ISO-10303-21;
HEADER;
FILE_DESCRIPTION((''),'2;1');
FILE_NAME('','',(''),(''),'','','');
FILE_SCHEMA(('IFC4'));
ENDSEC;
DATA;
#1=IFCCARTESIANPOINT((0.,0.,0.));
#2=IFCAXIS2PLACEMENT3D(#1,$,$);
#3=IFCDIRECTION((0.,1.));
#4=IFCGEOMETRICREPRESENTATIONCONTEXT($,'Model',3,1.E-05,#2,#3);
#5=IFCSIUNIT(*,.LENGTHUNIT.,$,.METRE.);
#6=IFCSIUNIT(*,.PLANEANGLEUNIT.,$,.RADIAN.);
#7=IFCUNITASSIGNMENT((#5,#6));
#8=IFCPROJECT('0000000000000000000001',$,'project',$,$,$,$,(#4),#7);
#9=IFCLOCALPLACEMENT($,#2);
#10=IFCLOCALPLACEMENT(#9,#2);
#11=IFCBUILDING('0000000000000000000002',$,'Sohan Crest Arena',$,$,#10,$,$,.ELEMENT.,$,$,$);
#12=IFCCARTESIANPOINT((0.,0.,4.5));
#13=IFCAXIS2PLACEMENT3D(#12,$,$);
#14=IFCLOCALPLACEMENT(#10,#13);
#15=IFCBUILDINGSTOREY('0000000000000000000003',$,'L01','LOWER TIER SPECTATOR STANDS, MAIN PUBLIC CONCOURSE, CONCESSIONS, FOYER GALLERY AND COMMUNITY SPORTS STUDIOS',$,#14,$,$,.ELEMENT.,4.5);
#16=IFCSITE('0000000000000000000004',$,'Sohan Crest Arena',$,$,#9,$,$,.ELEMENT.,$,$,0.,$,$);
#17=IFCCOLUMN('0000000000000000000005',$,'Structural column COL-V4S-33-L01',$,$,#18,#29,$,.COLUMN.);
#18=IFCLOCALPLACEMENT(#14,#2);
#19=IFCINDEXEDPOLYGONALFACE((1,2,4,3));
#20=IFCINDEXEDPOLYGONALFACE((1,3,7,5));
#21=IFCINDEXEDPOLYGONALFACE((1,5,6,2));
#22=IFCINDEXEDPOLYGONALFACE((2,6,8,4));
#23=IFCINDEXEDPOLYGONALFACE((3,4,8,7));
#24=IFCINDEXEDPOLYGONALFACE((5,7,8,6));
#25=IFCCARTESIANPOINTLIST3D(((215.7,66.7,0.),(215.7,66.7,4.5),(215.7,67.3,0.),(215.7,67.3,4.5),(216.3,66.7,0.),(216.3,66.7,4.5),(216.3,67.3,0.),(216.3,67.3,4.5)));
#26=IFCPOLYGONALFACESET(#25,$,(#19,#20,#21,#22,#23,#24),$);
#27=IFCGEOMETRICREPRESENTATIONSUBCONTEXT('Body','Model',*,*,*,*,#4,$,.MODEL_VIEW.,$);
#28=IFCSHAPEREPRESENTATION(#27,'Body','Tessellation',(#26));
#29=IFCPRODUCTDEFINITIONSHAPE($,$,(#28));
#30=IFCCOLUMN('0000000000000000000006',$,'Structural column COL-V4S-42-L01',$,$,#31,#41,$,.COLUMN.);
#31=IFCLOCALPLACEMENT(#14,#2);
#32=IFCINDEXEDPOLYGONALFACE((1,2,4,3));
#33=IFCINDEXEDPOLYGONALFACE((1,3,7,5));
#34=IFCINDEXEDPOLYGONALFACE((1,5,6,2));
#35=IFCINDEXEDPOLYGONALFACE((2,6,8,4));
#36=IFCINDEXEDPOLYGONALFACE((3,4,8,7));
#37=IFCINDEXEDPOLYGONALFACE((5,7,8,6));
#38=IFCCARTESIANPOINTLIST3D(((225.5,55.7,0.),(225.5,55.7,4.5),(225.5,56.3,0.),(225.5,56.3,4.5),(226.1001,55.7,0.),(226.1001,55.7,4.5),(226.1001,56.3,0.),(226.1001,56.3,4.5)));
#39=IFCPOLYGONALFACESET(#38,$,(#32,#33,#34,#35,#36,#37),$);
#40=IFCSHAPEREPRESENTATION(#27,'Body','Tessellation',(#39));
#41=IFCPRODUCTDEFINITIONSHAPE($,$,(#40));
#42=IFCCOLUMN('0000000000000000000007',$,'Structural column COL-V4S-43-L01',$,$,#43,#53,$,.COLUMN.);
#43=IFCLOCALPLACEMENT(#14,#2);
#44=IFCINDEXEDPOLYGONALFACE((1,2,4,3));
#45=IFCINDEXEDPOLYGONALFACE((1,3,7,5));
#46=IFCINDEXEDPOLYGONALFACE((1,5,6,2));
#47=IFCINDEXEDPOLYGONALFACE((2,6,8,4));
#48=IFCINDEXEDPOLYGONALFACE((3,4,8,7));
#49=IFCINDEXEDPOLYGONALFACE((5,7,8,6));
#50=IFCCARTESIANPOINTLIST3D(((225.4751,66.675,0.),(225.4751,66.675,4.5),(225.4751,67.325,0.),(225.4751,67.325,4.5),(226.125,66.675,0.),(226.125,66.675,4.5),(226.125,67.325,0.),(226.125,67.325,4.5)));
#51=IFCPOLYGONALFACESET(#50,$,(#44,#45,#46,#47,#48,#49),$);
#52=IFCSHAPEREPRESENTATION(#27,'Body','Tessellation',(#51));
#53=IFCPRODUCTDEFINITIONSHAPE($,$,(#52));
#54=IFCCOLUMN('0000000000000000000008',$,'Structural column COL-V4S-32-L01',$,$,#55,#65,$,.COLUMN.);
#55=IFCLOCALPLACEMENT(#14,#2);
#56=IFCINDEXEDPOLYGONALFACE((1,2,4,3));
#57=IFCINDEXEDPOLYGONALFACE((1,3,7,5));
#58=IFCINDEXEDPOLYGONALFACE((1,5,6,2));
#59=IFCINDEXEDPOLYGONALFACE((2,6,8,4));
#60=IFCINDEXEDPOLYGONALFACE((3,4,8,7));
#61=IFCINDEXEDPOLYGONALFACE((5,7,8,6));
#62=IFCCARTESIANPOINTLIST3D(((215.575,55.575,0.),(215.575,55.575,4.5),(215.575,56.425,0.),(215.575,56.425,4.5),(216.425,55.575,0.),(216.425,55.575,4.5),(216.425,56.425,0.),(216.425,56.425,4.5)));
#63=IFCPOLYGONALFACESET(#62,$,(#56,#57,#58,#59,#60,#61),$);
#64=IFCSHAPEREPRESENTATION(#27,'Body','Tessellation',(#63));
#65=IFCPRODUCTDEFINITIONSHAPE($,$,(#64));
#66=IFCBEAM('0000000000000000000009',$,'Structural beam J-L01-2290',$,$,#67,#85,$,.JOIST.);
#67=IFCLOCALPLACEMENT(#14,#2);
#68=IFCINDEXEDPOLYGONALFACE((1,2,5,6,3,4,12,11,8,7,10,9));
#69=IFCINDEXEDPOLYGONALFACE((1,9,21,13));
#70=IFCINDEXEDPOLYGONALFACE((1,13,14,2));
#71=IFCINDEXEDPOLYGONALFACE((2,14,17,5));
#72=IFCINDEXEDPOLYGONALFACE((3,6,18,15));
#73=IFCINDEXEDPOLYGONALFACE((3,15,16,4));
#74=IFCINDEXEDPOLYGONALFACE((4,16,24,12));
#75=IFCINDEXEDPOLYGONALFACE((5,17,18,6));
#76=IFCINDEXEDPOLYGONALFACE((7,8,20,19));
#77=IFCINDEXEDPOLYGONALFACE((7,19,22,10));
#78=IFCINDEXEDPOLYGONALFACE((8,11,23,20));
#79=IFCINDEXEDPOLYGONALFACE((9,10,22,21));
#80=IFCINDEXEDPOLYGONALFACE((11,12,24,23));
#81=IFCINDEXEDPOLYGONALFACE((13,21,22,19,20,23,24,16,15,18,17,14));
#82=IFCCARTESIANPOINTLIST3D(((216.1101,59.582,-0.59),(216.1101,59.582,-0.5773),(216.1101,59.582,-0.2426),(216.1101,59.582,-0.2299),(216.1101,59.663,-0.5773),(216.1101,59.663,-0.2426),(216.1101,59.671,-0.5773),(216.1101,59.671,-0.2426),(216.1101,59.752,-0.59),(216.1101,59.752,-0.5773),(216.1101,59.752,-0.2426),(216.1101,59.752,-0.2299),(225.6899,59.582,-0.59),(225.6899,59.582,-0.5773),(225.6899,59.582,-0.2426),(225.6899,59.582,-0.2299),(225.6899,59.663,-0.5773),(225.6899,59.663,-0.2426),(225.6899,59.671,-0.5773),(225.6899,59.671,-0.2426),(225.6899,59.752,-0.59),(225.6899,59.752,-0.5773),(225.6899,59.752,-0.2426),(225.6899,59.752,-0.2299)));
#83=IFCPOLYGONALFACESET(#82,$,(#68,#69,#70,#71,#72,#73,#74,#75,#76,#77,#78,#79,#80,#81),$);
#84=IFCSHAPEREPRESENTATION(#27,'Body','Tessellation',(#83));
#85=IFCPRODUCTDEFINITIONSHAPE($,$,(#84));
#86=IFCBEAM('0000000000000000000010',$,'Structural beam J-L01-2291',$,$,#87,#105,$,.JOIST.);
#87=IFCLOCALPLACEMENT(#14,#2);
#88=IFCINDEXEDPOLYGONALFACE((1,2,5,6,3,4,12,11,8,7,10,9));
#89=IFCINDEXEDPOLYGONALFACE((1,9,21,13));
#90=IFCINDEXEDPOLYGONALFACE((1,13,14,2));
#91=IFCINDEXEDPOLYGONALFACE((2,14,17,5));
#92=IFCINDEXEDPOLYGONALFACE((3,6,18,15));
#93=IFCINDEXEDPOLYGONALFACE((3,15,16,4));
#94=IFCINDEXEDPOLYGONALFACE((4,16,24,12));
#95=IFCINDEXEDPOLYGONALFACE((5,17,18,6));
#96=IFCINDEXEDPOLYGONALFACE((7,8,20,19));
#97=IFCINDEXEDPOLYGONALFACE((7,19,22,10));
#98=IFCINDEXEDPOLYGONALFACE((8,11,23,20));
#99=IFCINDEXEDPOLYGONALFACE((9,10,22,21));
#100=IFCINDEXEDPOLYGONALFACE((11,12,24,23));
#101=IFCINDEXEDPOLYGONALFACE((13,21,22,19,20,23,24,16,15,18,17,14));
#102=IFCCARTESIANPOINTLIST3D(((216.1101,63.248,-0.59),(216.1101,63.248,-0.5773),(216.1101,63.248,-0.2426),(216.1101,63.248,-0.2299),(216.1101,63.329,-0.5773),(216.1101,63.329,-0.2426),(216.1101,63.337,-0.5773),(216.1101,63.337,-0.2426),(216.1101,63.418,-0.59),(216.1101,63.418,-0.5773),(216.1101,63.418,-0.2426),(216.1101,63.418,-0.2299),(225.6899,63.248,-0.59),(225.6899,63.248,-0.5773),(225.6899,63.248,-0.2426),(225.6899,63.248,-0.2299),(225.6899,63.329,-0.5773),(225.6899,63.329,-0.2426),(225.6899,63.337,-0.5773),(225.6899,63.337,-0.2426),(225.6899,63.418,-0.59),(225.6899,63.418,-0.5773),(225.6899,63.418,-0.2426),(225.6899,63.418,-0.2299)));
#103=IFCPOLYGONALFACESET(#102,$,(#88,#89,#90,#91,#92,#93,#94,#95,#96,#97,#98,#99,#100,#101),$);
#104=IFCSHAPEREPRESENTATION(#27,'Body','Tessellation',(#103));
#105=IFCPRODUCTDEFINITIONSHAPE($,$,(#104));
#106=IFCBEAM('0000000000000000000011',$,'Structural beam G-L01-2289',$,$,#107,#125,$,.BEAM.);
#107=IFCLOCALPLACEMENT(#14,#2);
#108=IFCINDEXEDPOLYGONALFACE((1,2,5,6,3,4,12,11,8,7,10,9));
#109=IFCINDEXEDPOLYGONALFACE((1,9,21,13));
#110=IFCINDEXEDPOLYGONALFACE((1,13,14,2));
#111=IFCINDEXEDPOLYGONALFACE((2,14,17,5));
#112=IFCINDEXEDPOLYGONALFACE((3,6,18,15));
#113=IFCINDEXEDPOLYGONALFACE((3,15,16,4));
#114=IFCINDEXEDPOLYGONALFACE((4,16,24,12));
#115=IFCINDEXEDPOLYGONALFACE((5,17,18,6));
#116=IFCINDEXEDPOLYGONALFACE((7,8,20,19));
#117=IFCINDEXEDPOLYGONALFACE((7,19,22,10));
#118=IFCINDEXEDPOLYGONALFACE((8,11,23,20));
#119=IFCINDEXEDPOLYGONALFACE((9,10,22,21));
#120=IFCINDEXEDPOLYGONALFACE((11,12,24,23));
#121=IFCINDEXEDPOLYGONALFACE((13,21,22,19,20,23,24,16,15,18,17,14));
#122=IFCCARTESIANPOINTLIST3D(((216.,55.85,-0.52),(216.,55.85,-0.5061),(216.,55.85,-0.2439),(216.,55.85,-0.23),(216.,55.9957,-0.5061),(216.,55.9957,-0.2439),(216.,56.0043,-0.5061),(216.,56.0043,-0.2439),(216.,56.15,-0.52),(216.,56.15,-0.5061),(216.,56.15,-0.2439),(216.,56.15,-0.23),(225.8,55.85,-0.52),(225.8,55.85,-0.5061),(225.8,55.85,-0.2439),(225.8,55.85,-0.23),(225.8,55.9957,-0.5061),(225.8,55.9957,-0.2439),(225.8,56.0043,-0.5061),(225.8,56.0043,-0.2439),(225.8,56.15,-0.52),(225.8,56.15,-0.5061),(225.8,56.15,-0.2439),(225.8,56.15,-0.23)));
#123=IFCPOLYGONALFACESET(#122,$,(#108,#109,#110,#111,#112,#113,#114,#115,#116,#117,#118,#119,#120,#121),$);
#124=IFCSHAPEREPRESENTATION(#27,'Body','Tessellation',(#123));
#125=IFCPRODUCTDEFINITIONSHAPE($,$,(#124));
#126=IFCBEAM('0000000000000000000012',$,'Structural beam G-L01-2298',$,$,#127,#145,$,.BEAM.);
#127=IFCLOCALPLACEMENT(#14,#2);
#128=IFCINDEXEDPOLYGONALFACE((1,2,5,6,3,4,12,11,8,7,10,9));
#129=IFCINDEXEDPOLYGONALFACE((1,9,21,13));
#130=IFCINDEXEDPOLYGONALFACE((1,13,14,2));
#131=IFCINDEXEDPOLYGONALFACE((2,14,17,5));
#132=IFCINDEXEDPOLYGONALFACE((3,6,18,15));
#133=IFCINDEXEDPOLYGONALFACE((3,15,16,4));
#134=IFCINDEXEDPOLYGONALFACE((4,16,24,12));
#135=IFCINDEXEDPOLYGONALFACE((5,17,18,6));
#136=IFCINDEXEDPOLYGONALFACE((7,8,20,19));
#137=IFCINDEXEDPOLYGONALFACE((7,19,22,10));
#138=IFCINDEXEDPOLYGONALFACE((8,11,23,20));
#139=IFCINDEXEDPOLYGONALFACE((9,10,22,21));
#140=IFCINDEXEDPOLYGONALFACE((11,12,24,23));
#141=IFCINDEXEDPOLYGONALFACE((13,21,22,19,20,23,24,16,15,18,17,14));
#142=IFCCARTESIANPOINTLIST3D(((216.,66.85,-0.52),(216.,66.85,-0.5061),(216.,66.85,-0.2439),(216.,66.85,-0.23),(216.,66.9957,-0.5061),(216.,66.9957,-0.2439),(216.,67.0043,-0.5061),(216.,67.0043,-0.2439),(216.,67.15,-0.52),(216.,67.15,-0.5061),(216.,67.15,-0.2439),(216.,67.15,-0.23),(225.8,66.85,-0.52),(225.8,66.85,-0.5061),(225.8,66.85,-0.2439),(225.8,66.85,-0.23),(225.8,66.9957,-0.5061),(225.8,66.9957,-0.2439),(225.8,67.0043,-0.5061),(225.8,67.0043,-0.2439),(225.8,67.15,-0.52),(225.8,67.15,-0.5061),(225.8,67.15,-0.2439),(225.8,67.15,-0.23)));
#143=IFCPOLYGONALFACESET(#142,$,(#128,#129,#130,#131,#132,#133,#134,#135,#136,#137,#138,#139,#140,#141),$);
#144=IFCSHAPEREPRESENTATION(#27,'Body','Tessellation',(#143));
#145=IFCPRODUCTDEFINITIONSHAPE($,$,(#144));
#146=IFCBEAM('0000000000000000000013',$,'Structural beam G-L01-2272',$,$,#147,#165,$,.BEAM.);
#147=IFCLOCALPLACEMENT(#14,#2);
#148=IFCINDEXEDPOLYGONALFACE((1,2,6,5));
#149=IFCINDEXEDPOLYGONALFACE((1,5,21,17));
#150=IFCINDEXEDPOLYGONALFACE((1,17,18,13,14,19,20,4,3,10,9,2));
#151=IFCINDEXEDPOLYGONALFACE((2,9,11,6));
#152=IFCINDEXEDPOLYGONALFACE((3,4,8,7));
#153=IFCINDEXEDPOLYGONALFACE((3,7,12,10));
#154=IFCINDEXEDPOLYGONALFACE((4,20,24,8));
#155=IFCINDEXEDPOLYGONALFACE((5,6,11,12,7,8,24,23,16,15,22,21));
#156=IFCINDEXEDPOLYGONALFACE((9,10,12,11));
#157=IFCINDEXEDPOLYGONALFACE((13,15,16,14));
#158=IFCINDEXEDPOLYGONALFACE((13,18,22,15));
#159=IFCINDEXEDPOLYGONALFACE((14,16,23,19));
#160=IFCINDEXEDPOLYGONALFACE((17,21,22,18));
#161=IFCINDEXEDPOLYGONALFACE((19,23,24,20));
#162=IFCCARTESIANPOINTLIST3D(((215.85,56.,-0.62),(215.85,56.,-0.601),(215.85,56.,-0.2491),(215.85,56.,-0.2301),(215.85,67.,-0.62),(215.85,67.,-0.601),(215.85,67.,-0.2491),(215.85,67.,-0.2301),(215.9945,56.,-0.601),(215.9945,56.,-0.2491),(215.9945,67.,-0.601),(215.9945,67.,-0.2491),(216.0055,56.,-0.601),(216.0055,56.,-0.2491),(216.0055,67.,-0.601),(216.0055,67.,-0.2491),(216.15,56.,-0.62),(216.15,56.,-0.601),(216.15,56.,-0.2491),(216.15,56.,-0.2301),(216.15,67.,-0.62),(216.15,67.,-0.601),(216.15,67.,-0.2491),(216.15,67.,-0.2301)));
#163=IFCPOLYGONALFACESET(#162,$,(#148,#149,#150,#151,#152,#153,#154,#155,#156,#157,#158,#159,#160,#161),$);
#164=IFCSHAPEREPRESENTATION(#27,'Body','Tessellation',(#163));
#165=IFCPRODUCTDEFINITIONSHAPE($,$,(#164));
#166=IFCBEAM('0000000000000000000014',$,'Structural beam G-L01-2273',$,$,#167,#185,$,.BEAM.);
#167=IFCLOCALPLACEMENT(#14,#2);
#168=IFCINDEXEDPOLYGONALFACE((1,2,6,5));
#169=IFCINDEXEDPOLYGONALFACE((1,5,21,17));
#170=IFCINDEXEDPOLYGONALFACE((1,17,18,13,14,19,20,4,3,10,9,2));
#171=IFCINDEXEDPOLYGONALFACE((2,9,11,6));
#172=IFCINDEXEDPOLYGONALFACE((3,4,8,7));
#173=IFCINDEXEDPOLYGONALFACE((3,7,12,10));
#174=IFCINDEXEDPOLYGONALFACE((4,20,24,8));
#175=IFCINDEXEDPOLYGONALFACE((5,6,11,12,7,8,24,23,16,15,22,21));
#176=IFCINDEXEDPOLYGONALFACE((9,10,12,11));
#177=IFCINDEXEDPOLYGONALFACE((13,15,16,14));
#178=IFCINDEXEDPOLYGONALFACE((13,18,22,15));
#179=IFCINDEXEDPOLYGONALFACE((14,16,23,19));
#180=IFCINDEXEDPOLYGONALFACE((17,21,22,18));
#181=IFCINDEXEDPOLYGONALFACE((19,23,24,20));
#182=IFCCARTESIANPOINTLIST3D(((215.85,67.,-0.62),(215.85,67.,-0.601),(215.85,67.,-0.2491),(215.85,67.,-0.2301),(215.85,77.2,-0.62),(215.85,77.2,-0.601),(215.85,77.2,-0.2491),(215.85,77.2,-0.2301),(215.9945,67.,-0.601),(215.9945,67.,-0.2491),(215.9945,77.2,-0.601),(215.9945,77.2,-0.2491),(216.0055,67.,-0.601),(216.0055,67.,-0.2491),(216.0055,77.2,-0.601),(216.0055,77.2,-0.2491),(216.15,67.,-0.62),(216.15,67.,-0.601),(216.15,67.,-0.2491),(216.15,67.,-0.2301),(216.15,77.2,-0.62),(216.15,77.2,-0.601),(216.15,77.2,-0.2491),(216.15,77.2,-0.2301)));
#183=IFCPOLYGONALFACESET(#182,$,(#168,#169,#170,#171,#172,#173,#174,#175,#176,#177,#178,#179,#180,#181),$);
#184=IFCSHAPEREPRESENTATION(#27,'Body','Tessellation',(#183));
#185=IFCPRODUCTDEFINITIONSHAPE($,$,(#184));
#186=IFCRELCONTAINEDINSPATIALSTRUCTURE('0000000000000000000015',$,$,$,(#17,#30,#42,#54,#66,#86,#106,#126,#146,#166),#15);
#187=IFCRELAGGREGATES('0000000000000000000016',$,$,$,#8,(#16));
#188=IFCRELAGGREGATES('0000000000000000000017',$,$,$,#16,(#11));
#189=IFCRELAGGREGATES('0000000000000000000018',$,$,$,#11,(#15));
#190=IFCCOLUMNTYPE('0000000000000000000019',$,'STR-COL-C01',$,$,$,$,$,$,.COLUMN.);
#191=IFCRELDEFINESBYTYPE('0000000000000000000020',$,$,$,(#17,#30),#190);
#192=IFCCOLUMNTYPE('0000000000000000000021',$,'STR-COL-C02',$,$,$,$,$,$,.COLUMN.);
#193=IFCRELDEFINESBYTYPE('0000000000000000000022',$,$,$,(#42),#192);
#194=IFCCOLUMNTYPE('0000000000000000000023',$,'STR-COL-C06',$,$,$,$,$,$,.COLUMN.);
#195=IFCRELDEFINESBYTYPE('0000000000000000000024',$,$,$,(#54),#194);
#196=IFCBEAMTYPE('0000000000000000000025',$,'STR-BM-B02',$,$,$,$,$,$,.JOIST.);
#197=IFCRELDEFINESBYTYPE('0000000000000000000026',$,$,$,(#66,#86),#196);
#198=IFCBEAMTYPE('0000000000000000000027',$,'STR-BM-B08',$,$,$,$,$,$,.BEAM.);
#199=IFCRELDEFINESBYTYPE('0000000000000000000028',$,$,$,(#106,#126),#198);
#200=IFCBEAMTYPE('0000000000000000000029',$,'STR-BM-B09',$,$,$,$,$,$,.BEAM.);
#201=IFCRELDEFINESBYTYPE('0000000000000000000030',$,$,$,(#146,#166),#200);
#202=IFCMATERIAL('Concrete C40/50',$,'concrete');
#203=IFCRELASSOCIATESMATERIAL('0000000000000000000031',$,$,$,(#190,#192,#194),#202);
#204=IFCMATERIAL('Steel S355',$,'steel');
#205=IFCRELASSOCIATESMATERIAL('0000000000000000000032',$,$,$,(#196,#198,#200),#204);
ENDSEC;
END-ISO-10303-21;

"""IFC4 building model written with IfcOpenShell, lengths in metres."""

from ifc_helpers import new_model, si_unit, direction, frame, origin, origin_2d, place, context, subcontext, project, spatial, rectangle, i_section, extrude, material, material_profile, profile_set, type_object, element, save


model = new_model("IFC4")

# Units and contexts
model_context = context("Model", 3, precision=1e-05, world=origin(), true_north=direction((0.0, 1.0)))
body_context = subcontext(model_context, "Body", "Model", "MODEL_VIEW")
ifc_project = project(units=[si_unit("LENGTHUNIT", "METRE"), si_unit("PLANEANGLEUNIT", "RADIAN")], contexts=[model_context])

# Site, building, storey
site_placement = place(None, origin())
site = spatial("IfcSite", under=ifc_project, at=site_placement, Name="Sohan Crest Arena", CompositionType="ELEMENT", RefElevation=0.0)
building_placement = place(site_placement, origin())
building = spatial("IfcBuilding", under=site, at=building_placement, Name="Sohan Crest Arena", CompositionType="ELEMENT")
storey_placement = place(building_placement, frame((0.0, 0.0, 4.5)))
storey = spatial("IfcBuildingStorey", under=building, at=storey_placement, Name="L01", Description="LOWER TIER SPECTATOR STANDS, MAIN PUBLIC CONCOURSE, CONCESSIONS, FOYER GALLERY AND COMMUNITY SPORTS STUDIOS", CompositionType="ELEMENT", Elevation=4.5)

# Columns
ifc_material_1 = material(Name="Concrete C40/50", Category="concrete")
ifc_material_profile_1 = material_profile(ifc_material_1, rectangle(XDim=0.6001, YDim=0.6001, at=origin_2d()), Name="RC 600x600")
ifc_profile_set_1 = profile_set([ifc_material_profile_1], Name="Concrete C40/50")
column_type_1 = type_object("IfcColumnType", Name="STR-COL-C01", PredefinedType="COLUMN", material=ifc_profile_set_1)
for number, where, z_axis, x_axis, name in (
    (1, (216.0, 67.0, 0.0), (0.0, 0.0, 1.0), (1.0, 0.0, 0.0), "Structural column COL-V4S-33-L01"),
    (2, (225.8, 56.0, 0.0), (0.0, 0.0, 1.0), (1.0, 0.0, 0.0), "Structural column COL-V4S-42-L01"),
):
    element("IfcColumn", number, at=place(storey_placement, frame(where, z_axis=z_axis, x_axis=x_axis)), inside=storey, type_object=column_type_1, Name=name, PredefinedType="COLUMN", context=body_context, shape_type="SweptSolid", body=[
        extrude(rectangle(XDim=0.6001, YDim=0.6001, at=origin_2d()), origin(), (0.0, 0.0, 1.0), 4.5),
    ])
ifc_material_profile_2 = material_profile(ifc_material_1, rectangle(XDim=0.6499, YDim=0.6499, at=origin_2d()), Name="RC 650x650")
ifc_profile_set_2 = profile_set([ifc_material_profile_2], Name="Concrete C40/50")
column_type_2 = type_object("IfcColumnType", Name="STR-COL-C02", PredefinedType="COLUMN", material=ifc_profile_set_2)
column_1_placement = place(storey_placement, frame((225.8, 67.0, 0.0), z_axis=(0.0, 0.0, 1.0), x_axis=(1.0, 0.0, 0.0)))
element("IfcColumn", 3, at=column_1_placement, inside=storey, type_object=column_type_2, Name="Structural column COL-V4S-43-L01", PredefinedType="COLUMN", context=body_context, shape_type="SweptSolid", body=[
    extrude(rectangle(XDim=0.6499, YDim=0.6499, at=origin_2d()), origin(), (0.0, 0.0, 1.0), 4.5),
])
ifc_material_profile_3 = material_profile(ifc_material_1, rectangle(XDim=0.8501, YDim=0.8501, at=origin_2d()), Name="RC 850x850")
ifc_profile_set_3 = profile_set([ifc_material_profile_3], Name="Concrete C40/50")
column_type_3 = type_object("IfcColumnType", Name="STR-COL-C06", PredefinedType="COLUMN", material=ifc_profile_set_3)
column_2_placement = place(storey_placement, frame((216.0, 56.0, 0.0), z_axis=(0.0, 0.0, 1.0), x_axis=(1.0, 0.0, 0.0)))
element("IfcColumn", 4, at=column_2_placement, inside=storey, type_object=column_type_3, Name="Structural column COL-V4S-32-L01", PredefinedType="COLUMN", context=body_context, shape_type="SweptSolid", body=[
    extrude(rectangle(XDim=0.8501, YDim=0.8501, at=origin_2d()), origin(), (0.0, 0.0, 1.0), 4.5),
])

# Beams
ifc_material_2 = material(Name="Steel S355", Category="steel")
ifc_material_profile_4 = material_profile(ifc_material_2, i_section(OverallWidth=0.1699, OverallDepth=0.3601, WebThickness=0.0081, FlangeThickness=0.0127, at=origin_2d()), Name="IPE 360")
ifc_profile_set_4 = profile_set([ifc_material_profile_4], Name="Steel S355")
beam_type_1 = type_object("IfcBeamType", Name="STR-BM-B02", PredefinedType="JOIST", material=ifc_profile_set_4)
for number, where, z_axis, x_axis, name in (
    (5, (216.1101, 59.667, -0.4099), (1.0, 0.0, 0.0), (0.0, 1.0, 0.0), "Structural beam J-L01-2290"),
    (6, (216.1101, 63.333, -0.4099), (1.0, 0.0, 0.0), (0.0, 1.0, 0.0), "Structural beam J-L01-2291"),
):
    element("IfcBeam", number, at=place(storey_placement, frame(where, z_axis=z_axis, x_axis=x_axis)), inside=storey, type_object=beam_type_1, Name=name, PredefinedType="JOIST", context=body_context, shape_type="SweptSolid", body=[
        extrude(i_section(OverallWidth=0.1699, OverallDepth=0.3601, WebThickness=0.0081, FlangeThickness=0.0127, at=origin_2d()), origin(), (0.0, 0.0, 1.0), 9.5798),
    ])
ifc_material_profile_5 = material_profile(ifc_material_2, i_section(OverallWidth=0.3, OverallDepth=0.29, WebThickness=0.0085, FlangeThickness=0.0139, at=origin_2d()), Name="HEA 300")
ifc_profile_set_5 = profile_set([ifc_material_profile_5], Name="Steel S355")
beam_type_2 = type_object("IfcBeamType", Name="STR-BM-B08", PredefinedType="BEAM", material=ifc_profile_set_5)
for number, where, z_axis, x_axis, name in (
    (7, (216.0, 56.0, -0.375), (1.0, 0.0, 0.0), (0.0, 1.0, 0.0), "Structural beam G-L01-2289"),
    (8, (216.0, 67.0, -0.375), (1.0, 0.0, 0.0), (0.0, 1.0, 0.0), "Structural beam G-L01-2298"),
):
    element("IfcBeam", number, at=place(storey_placement, frame(where, z_axis=z_axis, x_axis=x_axis)), inside=storey, type_object=beam_type_2, Name=name, PredefinedType="BEAM", context=body_context, shape_type="SweptSolid", body=[
        extrude(i_section(OverallWidth=0.3, OverallDepth=0.29, WebThickness=0.0085, FlangeThickness=0.0139, at=origin_2d()), origin(), (0.0, 0.0, 1.0), 9.8),
    ])
ifc_material_profile_6 = material_profile(ifc_material_2, i_section(OverallWidth=0.3, OverallDepth=0.3899, WebThickness=0.011, FlangeThickness=0.019, at=origin_2d()), Name="HEA 400")
ifc_profile_set_6 = profile_set([ifc_material_profile_6], Name="Steel S355")
beam_type_3 = type_object("IfcBeamType", Name="STR-BM-B09", PredefinedType="BEAM", material=ifc_profile_set_6)
beam_1_placement = place(storey_placement, frame((216.0, 56.0, -0.425), z_axis=(0.0, 1.0, 0.0), x_axis=(-1.0, 0.0, 0.0)))
element("IfcBeam", 9, at=beam_1_placement, inside=storey, type_object=beam_type_3, Name="Structural beam G-L01-2272", PredefinedType="BEAM", context=body_context, shape_type="SweptSolid", body=[
    extrude(i_section(OverallWidth=0.3, OverallDepth=0.3899, WebThickness=0.011, FlangeThickness=0.019, at=origin_2d()), origin(), (0.0, 0.0, 1.0), 11.0),
])
beam_2_placement = place(storey_placement, frame((216.0, 67.0, -0.425), z_axis=(0.0, 1.0, 0.0), x_axis=(-1.0, 0.0, 0.0)))
element("IfcBeam", 10, at=beam_2_placement, inside=storey, type_object=beam_type_3, Name="Structural beam G-L01-2273", PredefinedType="BEAM", context=body_context, shape_type="SweptSolid", body=[
    extrude(i_section(OverallWidth=0.3, OverallDepth=0.3899, WebThickness=0.011, FlangeThickness=0.019, at=origin_2d()), origin(), (0.0, 0.0, 1.0), 10.2),
])

save(model, "model.ifc")
